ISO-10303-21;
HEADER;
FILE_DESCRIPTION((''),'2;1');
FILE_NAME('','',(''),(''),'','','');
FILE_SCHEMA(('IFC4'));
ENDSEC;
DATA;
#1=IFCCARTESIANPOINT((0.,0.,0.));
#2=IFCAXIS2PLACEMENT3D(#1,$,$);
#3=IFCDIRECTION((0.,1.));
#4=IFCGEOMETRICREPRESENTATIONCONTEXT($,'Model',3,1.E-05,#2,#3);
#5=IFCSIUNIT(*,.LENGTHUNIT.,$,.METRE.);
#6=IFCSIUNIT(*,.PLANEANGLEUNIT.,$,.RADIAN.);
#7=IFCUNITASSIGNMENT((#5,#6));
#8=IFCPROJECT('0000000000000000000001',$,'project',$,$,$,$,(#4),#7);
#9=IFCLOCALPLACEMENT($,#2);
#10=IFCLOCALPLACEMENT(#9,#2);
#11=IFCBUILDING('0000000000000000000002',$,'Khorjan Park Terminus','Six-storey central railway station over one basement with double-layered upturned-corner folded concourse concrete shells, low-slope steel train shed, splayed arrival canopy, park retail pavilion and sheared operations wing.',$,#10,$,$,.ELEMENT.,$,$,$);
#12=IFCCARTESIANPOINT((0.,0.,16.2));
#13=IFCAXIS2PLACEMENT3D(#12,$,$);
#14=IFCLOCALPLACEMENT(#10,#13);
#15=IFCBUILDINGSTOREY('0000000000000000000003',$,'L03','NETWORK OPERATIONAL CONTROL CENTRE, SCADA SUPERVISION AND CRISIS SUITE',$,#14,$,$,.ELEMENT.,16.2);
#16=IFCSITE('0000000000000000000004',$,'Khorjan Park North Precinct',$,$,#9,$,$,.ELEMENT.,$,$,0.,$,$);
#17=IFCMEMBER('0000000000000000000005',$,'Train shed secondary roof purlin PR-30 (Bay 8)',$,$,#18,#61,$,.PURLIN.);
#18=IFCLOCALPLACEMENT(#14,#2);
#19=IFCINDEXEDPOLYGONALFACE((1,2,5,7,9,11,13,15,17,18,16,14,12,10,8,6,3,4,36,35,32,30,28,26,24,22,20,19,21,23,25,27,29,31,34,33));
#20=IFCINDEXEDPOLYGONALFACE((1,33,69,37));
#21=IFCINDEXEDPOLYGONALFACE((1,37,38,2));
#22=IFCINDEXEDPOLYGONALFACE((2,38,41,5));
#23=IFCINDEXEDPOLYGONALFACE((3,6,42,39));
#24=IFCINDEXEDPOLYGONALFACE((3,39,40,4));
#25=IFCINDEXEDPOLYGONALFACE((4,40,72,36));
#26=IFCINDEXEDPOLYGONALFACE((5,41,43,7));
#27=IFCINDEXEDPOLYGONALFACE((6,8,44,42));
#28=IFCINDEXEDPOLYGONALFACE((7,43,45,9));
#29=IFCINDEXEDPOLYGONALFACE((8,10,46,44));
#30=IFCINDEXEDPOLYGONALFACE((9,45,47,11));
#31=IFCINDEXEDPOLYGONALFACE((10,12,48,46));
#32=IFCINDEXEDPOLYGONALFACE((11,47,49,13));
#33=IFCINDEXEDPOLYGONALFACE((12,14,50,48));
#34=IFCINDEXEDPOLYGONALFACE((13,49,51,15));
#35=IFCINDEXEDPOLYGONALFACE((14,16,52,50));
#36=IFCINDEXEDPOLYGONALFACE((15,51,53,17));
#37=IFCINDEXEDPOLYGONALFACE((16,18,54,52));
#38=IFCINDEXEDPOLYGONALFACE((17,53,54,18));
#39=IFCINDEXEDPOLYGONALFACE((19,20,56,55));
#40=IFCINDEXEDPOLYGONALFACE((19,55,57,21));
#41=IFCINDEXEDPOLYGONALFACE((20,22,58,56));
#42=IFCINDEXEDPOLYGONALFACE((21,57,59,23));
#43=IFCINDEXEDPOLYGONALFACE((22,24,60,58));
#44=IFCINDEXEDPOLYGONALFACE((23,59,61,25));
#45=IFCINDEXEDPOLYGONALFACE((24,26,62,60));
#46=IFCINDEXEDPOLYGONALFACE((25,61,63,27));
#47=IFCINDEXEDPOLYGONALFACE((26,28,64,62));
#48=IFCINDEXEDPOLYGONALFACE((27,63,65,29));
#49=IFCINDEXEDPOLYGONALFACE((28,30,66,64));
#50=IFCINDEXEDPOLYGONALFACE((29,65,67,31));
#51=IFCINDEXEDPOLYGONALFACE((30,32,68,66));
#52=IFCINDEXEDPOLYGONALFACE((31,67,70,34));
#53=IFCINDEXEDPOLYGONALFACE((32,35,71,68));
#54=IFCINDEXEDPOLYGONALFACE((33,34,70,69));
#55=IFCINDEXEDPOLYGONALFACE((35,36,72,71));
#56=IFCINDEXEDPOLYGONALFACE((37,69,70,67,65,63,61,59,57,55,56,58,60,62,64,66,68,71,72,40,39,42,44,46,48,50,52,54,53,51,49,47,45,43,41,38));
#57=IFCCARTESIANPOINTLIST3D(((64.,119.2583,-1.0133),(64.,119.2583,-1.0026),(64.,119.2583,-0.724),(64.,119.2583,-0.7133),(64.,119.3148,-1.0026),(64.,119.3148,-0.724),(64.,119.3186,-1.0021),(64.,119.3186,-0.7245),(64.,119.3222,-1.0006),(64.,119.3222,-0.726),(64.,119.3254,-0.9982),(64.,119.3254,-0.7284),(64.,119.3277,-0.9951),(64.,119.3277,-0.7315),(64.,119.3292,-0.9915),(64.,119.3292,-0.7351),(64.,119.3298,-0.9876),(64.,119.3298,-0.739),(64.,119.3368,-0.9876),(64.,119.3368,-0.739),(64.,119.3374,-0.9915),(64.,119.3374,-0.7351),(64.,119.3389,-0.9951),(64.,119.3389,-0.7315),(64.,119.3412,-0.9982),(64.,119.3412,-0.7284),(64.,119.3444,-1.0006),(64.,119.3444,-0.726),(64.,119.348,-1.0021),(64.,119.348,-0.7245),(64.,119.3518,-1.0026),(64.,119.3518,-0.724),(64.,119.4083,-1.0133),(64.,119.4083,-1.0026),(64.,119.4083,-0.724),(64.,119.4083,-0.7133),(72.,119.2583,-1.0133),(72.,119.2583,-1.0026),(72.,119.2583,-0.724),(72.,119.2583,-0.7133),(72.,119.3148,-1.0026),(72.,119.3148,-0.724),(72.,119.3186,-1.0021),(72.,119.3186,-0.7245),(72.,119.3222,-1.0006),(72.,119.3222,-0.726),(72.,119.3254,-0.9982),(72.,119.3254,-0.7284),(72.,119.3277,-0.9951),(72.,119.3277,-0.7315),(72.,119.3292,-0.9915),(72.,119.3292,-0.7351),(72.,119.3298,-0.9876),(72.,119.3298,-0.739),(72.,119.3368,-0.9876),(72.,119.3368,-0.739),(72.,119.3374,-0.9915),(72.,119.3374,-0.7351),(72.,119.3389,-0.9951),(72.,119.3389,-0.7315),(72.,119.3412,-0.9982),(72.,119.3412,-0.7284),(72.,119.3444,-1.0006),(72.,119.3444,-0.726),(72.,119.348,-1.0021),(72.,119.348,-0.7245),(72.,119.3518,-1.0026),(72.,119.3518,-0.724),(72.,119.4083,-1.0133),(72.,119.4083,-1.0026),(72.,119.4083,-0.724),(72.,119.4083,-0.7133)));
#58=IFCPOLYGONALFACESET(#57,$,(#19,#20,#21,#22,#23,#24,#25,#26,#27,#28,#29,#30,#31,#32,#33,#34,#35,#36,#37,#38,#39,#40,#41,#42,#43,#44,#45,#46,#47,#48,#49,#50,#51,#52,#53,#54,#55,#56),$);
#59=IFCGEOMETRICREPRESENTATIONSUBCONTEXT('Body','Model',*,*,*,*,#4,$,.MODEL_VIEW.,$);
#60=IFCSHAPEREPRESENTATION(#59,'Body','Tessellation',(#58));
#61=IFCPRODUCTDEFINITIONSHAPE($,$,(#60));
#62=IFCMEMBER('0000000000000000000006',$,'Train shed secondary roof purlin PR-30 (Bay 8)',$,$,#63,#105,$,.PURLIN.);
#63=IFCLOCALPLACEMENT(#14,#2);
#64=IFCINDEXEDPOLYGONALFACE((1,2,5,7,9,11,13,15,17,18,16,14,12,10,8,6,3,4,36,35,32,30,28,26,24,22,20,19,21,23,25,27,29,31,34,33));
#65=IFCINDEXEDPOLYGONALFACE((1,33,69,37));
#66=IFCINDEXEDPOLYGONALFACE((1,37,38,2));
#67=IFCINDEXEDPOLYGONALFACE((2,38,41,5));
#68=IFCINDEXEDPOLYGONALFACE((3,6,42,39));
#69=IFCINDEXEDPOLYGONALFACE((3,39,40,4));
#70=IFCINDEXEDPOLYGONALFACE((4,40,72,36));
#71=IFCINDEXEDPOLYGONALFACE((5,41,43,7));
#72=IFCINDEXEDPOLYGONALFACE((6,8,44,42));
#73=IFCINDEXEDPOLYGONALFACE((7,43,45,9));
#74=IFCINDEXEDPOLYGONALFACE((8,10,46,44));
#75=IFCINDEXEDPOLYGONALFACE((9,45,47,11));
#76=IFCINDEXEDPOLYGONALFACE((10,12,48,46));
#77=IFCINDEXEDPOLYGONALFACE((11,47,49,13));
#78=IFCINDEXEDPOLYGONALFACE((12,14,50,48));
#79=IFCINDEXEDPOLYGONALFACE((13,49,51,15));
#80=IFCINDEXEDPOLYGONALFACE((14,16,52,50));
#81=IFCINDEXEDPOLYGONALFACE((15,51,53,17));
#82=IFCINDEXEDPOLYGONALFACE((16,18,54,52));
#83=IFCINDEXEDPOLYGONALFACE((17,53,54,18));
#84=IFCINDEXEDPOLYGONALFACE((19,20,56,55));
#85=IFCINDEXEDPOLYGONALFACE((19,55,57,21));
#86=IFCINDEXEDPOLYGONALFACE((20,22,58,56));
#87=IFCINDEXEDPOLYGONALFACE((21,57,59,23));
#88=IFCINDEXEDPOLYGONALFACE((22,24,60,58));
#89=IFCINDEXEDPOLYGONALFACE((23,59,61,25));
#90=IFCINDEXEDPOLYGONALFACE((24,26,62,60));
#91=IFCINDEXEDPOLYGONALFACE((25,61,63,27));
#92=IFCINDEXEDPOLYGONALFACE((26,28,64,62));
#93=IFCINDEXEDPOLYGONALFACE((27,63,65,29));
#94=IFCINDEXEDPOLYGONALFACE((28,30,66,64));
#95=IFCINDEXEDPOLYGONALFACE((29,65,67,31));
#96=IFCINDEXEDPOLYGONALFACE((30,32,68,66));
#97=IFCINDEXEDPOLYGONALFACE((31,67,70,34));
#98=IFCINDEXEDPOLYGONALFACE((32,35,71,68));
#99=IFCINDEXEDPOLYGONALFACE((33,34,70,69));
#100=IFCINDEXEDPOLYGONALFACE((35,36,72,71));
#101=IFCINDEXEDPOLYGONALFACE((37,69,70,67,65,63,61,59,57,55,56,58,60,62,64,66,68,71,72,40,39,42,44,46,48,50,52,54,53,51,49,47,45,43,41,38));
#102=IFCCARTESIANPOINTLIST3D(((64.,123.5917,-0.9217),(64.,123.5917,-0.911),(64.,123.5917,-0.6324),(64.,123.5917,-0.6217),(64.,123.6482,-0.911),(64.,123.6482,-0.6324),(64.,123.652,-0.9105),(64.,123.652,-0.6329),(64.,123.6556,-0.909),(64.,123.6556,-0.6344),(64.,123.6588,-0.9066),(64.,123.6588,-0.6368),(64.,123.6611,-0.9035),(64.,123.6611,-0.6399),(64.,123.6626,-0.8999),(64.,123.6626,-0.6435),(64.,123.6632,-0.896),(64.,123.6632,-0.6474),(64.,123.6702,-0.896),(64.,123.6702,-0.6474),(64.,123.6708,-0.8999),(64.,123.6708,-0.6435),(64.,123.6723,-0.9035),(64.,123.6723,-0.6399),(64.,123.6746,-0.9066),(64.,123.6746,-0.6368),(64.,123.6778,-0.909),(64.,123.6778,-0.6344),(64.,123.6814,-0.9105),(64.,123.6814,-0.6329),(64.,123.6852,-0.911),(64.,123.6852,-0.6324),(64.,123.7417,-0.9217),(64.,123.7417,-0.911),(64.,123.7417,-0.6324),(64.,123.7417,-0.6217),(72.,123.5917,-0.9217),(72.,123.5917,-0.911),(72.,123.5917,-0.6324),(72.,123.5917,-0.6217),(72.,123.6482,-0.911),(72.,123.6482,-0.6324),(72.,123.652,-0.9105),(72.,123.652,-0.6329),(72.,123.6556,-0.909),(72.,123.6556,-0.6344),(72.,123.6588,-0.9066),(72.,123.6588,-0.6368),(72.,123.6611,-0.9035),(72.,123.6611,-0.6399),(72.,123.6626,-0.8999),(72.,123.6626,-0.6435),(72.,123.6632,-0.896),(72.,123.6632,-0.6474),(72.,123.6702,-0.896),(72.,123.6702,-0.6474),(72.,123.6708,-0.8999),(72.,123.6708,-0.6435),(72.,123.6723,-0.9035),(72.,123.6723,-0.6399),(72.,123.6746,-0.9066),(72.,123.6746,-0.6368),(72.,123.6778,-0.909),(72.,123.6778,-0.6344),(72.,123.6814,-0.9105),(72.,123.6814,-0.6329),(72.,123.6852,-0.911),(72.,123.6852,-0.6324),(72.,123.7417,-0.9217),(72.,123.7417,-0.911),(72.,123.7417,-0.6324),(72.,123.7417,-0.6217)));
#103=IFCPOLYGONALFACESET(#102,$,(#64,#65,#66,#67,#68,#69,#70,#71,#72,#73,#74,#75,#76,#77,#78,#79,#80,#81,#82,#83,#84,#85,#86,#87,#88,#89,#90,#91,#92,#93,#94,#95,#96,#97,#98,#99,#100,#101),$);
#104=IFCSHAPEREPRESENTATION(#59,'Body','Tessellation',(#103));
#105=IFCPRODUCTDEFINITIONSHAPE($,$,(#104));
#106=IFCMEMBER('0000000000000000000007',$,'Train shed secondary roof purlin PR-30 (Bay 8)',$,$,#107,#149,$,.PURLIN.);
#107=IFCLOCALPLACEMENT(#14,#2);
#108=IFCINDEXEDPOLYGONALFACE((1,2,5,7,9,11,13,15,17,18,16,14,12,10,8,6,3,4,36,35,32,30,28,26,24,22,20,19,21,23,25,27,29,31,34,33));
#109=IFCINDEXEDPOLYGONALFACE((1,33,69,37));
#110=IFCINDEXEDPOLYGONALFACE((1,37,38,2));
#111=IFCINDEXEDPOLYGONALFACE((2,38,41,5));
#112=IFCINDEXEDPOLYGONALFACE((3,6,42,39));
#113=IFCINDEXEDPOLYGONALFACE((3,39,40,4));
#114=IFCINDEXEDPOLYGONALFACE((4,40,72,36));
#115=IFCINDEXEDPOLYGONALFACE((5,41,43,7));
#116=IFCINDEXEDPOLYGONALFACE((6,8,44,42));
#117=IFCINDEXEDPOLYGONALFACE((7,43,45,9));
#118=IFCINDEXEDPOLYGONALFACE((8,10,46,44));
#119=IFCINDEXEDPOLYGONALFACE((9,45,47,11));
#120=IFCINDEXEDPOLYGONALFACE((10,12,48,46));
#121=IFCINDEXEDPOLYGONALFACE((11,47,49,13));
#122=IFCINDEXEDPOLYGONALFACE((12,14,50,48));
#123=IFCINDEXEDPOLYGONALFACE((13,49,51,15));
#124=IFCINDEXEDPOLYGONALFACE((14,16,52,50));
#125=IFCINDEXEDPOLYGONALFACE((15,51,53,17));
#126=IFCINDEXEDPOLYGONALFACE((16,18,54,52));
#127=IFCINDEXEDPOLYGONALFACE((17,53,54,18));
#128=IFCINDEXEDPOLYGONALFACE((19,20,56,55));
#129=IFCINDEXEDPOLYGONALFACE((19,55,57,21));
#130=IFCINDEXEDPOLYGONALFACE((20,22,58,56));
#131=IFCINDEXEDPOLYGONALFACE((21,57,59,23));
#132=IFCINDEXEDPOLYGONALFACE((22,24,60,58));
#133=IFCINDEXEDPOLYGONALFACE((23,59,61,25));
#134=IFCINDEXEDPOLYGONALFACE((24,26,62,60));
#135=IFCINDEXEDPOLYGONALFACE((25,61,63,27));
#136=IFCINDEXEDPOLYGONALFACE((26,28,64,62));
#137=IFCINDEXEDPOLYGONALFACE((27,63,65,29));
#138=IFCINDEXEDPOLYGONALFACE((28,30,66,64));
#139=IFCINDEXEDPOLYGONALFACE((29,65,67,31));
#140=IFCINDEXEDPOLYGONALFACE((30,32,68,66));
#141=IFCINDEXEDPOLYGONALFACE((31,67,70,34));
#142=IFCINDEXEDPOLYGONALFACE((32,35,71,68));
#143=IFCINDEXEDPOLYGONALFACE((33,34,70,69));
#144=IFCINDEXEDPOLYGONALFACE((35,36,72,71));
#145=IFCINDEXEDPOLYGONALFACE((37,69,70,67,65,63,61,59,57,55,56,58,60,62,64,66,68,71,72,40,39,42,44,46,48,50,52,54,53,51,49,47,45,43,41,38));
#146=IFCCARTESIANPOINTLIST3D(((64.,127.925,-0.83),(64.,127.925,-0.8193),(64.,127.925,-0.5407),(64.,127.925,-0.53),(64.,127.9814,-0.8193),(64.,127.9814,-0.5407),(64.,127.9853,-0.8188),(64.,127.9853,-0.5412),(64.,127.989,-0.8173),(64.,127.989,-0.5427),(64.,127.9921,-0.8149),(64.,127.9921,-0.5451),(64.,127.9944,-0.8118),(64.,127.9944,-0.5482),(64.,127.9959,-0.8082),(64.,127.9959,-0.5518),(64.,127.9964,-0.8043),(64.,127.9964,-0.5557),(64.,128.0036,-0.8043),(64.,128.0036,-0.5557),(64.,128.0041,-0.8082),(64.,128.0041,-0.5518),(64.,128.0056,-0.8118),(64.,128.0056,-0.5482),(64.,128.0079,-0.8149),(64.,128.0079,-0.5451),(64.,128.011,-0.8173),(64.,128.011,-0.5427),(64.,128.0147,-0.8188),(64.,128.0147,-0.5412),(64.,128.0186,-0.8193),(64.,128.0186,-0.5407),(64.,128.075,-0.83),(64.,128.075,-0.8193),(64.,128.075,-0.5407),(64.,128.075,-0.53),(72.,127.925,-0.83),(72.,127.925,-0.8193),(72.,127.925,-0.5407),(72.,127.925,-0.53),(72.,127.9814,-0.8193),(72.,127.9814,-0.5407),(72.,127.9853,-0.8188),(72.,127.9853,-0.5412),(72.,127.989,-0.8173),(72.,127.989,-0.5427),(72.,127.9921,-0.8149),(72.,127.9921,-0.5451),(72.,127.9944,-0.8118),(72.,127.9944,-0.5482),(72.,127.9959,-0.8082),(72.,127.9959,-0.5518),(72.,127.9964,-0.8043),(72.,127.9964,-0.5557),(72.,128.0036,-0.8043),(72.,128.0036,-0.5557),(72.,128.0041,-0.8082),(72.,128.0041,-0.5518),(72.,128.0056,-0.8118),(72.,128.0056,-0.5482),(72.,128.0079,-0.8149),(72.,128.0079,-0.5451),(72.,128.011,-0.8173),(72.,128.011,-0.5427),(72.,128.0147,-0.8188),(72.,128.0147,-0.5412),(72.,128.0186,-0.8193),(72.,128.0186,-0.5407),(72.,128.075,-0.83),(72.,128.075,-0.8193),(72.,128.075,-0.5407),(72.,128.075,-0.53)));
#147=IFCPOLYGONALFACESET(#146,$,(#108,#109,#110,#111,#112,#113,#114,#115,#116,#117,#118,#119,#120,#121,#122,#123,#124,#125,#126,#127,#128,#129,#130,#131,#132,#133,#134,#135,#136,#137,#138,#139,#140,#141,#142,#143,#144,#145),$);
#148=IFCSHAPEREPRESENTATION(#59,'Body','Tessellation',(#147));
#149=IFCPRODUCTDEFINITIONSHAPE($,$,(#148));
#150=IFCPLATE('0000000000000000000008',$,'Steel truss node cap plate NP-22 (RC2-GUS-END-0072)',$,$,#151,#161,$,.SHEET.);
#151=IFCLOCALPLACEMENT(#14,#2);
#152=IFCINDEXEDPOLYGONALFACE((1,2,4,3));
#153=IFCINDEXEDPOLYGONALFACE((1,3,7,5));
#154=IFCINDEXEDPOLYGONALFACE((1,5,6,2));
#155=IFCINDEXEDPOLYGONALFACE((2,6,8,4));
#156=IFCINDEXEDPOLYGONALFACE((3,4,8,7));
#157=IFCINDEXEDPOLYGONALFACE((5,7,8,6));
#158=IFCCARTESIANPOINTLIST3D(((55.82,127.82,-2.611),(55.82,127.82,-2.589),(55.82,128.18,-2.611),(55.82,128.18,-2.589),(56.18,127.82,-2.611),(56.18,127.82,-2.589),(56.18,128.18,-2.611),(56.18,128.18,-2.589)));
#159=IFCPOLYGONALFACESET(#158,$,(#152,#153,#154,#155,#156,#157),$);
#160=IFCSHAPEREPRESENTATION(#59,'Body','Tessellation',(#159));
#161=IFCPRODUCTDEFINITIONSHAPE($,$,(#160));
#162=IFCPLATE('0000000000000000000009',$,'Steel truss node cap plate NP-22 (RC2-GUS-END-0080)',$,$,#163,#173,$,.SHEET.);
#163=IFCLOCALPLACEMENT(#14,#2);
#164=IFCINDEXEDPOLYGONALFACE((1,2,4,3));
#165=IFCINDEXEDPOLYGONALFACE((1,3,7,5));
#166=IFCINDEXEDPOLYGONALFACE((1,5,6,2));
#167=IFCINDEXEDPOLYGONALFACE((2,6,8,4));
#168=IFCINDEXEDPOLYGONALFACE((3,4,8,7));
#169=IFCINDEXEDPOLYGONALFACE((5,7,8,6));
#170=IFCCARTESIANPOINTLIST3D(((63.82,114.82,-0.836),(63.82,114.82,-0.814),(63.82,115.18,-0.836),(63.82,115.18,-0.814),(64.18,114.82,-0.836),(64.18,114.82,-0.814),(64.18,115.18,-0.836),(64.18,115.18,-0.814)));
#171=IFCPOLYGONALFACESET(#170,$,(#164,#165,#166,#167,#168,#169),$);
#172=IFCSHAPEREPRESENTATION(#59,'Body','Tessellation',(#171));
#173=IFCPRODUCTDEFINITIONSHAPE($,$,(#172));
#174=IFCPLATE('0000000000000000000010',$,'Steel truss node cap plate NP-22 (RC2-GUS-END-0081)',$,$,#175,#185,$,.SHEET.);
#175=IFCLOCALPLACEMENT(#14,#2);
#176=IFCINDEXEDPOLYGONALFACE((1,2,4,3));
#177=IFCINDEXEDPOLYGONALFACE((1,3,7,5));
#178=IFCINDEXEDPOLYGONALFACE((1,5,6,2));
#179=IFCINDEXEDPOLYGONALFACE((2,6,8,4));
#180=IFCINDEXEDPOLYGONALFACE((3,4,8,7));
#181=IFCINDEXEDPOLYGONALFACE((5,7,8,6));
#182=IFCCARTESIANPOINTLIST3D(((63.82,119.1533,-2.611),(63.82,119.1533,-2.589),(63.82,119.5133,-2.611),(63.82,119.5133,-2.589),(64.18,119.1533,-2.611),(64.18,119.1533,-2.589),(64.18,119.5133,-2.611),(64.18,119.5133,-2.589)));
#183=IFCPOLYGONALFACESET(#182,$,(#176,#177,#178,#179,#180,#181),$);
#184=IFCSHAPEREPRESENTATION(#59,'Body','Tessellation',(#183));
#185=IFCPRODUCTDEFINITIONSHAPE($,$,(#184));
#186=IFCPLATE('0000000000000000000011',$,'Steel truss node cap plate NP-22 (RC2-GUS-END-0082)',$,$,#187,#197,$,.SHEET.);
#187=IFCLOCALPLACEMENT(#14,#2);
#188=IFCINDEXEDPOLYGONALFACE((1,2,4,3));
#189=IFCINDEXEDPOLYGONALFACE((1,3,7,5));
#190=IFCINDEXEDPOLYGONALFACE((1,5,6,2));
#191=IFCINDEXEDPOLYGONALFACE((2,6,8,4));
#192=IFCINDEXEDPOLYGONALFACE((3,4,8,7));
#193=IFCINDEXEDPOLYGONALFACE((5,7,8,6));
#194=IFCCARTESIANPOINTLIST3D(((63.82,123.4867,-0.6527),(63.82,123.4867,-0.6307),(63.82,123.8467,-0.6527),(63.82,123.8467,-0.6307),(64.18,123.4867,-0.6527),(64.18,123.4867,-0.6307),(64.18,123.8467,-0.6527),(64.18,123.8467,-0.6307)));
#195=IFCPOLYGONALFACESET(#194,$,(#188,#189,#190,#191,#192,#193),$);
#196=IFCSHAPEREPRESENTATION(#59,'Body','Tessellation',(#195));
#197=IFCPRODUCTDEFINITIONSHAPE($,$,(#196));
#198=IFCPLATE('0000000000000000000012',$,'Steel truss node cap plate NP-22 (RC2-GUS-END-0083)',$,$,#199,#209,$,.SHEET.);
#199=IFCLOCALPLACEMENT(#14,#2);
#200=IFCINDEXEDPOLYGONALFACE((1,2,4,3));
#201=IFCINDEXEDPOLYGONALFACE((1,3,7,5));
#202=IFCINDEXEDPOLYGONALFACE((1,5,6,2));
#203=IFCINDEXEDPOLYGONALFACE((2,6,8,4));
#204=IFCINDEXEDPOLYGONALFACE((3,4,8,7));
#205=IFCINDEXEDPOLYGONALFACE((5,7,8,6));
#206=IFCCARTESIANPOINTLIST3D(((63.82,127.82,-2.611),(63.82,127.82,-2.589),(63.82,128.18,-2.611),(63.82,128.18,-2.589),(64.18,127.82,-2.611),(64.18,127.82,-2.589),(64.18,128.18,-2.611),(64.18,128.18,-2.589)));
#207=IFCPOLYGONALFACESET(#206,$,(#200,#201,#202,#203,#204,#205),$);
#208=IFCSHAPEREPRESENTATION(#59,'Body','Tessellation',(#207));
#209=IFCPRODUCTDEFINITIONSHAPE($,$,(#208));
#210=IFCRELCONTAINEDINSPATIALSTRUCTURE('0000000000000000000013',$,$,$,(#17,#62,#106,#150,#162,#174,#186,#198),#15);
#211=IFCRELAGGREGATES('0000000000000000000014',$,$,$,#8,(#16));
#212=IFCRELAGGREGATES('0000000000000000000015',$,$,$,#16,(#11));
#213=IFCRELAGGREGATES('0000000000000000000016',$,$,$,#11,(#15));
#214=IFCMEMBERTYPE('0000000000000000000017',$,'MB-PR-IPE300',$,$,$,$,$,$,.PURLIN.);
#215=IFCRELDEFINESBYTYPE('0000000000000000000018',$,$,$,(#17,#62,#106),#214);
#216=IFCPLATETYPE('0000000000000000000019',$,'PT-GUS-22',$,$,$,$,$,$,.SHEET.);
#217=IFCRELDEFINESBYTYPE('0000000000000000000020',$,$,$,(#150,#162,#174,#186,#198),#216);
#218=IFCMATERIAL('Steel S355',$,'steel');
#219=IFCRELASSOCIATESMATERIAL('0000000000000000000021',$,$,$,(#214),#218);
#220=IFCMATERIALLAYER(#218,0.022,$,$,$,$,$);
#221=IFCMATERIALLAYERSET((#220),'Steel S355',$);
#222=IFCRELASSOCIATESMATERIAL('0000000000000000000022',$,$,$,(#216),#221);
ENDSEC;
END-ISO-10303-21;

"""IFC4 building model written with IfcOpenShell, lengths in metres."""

from ifc_helpers import new_model, si_unit, direction, frame, origin, origin_2d, place, context, subcontext, project, spatial, rectangle, i_section, extrude, material, layer, layer_set, material_profile, profile_set, type_object, element, save


model = new_model("IFC4")

# Units and contexts
model_context = context("Model", 3, precision=1e-05, world=origin(), true_north=direction((0.0, 1.0)))
body_context = subcontext(model_context, "Body", "Model", "MODEL_VIEW")
ifc_project = project(units=[si_unit("LENGTHUNIT", "METRE"), si_unit("PLANEANGLEUNIT", "RADIAN")], contexts=[model_context])

# Site, building, storey
site_placement = place(None, origin())
site = spatial("IfcSite", under=ifc_project, at=site_placement, Name="Khorjan Park North Precinct", CompositionType="ELEMENT", RefElevation=0.0)
building_placement = place(site_placement, origin())
building = spatial("IfcBuilding", under=site, at=building_placement, Name="Khorjan Park Terminus", Description="Six-storey central railway station over one basement with double-layered upturned-corner folded concourse concrete shells, low-slope steel train shed, splayed arrival canopy, park retail pavilion and sheared operations wing.", CompositionType="ELEMENT")
storey_placement = place(building_placement, frame((0.0, 0.0, 16.2)))
storey = spatial("IfcBuildingStorey", under=building, at=storey_placement, Name="L03", Description="NETWORK OPERATIONAL CONTROL CENTRE, SCADA SUPERVISION AND CRISIS SUITE", CompositionType="ELEMENT", Elevation=16.2)

# Members
ifc_material = material(Name="Steel S355", Category="steel")
ifc_material_profile_1 = material_profile(ifc_material, i_section(OverallWidth=0.15, OverallDepth=0.3, WebThickness=0.0071, FlangeThickness=0.0107, FilletRadius=0.015, at=origin_2d()), Name="IPE 300")
ifc_profile_set_1 = profile_set([ifc_material_profile_1], Name="Steel S355")
member_type_1 = type_object("IfcMemberType", Name="MB-PR-IPE300", PredefinedType="PURLIN", material=ifc_profile_set_1)
for number, where, z_axis, x_axis, name in (
    (1, (64.0, 119.3333, -0.8633), (1.0, 0.0, 0.0), (0.0, 1.0, 0.0), "Train shed secondary roof purlin PR-30 (Bay 8)"),
    (2, (64.0, 123.6667, -0.7717), (1.0, 0.0, 0.0), (0.0, 1.0, 0.0), "Train shed secondary roof purlin PR-30 (Bay 8)"),
    (3, (64.0, 128.0, -0.68), (1.0, 0.0, 0.0), (0.0, 1.0, 0.0), "Train shed secondary roof purlin PR-30 (Bay 8)"),
):
    element("IfcMember", number, at=place(storey_placement, frame(where, z_axis=z_axis, x_axis=x_axis)), inside=storey, type_object=member_type_1, Name=name, PredefinedType="PURLIN", context=body_context, shape_type="SweptSolid", body=[
        extrude(i_section(OverallWidth=0.15, OverallDepth=0.3, WebThickness=0.0071, FlangeThickness=0.0107, FilletRadius=0.015, at=origin_2d()), origin(), (0.0, 0.0, 1.0), 8.0),
    ])

# Plates
ifc_layer = layer(ifc_material, 0.022)
ifc_layer_set = layer_set([ifc_layer], Name="Steel S355")
plate_type = type_object("IfcPlateType", Name="PT-GUS-22", PredefinedType="SHEET", material=ifc_layer_set)
for number, where, z_axis, x_axis, name in (
    (4, (56.0, 128.0, -2.611), (0.0, 0.0, 1.0), (1.0, 0.0, 0.0), "Steel truss node cap plate NP-22 (RC2-GUS-END-0072)"),
    (5, (64.0, 115.0, -0.836), (0.0, 0.0, 1.0), (1.0, 0.0, 0.0), "Steel truss node cap plate NP-22 (RC2-GUS-END-0080)"),
    (6, (64.0, 119.3333, -2.611), (0.0, 0.0, 1.0), (1.0, 0.0, 0.0), "Steel truss node cap plate NP-22 (RC2-GUS-END-0081)"),
    (7, (64.0, 123.6667, -0.6527), (0.0, 0.0, 1.0), (1.0, 0.0, 0.0), "Steel truss node cap plate NP-22 (RC2-GUS-END-0082)"),
    (8, (64.0, 128.0, -2.611), (0.0, 0.0, 1.0), (1.0, 0.0, 0.0), "Steel truss node cap plate NP-22 (RC2-GUS-END-0083)"),
):
    element("IfcPlate", number, at=place(storey_placement, frame(where, z_axis=z_axis, x_axis=x_axis)), inside=storey, type_object=plate_type, Name=name, PredefinedType="SHEET", context=body_context, shape_type="SweptSolid", body=[
        extrude(rectangle(XDim=0.36, YDim=0.36, at=origin_2d()), origin(), (0.0, 0.0, 1.0), 0.022),
    ])

save(model, "model.ifc")
